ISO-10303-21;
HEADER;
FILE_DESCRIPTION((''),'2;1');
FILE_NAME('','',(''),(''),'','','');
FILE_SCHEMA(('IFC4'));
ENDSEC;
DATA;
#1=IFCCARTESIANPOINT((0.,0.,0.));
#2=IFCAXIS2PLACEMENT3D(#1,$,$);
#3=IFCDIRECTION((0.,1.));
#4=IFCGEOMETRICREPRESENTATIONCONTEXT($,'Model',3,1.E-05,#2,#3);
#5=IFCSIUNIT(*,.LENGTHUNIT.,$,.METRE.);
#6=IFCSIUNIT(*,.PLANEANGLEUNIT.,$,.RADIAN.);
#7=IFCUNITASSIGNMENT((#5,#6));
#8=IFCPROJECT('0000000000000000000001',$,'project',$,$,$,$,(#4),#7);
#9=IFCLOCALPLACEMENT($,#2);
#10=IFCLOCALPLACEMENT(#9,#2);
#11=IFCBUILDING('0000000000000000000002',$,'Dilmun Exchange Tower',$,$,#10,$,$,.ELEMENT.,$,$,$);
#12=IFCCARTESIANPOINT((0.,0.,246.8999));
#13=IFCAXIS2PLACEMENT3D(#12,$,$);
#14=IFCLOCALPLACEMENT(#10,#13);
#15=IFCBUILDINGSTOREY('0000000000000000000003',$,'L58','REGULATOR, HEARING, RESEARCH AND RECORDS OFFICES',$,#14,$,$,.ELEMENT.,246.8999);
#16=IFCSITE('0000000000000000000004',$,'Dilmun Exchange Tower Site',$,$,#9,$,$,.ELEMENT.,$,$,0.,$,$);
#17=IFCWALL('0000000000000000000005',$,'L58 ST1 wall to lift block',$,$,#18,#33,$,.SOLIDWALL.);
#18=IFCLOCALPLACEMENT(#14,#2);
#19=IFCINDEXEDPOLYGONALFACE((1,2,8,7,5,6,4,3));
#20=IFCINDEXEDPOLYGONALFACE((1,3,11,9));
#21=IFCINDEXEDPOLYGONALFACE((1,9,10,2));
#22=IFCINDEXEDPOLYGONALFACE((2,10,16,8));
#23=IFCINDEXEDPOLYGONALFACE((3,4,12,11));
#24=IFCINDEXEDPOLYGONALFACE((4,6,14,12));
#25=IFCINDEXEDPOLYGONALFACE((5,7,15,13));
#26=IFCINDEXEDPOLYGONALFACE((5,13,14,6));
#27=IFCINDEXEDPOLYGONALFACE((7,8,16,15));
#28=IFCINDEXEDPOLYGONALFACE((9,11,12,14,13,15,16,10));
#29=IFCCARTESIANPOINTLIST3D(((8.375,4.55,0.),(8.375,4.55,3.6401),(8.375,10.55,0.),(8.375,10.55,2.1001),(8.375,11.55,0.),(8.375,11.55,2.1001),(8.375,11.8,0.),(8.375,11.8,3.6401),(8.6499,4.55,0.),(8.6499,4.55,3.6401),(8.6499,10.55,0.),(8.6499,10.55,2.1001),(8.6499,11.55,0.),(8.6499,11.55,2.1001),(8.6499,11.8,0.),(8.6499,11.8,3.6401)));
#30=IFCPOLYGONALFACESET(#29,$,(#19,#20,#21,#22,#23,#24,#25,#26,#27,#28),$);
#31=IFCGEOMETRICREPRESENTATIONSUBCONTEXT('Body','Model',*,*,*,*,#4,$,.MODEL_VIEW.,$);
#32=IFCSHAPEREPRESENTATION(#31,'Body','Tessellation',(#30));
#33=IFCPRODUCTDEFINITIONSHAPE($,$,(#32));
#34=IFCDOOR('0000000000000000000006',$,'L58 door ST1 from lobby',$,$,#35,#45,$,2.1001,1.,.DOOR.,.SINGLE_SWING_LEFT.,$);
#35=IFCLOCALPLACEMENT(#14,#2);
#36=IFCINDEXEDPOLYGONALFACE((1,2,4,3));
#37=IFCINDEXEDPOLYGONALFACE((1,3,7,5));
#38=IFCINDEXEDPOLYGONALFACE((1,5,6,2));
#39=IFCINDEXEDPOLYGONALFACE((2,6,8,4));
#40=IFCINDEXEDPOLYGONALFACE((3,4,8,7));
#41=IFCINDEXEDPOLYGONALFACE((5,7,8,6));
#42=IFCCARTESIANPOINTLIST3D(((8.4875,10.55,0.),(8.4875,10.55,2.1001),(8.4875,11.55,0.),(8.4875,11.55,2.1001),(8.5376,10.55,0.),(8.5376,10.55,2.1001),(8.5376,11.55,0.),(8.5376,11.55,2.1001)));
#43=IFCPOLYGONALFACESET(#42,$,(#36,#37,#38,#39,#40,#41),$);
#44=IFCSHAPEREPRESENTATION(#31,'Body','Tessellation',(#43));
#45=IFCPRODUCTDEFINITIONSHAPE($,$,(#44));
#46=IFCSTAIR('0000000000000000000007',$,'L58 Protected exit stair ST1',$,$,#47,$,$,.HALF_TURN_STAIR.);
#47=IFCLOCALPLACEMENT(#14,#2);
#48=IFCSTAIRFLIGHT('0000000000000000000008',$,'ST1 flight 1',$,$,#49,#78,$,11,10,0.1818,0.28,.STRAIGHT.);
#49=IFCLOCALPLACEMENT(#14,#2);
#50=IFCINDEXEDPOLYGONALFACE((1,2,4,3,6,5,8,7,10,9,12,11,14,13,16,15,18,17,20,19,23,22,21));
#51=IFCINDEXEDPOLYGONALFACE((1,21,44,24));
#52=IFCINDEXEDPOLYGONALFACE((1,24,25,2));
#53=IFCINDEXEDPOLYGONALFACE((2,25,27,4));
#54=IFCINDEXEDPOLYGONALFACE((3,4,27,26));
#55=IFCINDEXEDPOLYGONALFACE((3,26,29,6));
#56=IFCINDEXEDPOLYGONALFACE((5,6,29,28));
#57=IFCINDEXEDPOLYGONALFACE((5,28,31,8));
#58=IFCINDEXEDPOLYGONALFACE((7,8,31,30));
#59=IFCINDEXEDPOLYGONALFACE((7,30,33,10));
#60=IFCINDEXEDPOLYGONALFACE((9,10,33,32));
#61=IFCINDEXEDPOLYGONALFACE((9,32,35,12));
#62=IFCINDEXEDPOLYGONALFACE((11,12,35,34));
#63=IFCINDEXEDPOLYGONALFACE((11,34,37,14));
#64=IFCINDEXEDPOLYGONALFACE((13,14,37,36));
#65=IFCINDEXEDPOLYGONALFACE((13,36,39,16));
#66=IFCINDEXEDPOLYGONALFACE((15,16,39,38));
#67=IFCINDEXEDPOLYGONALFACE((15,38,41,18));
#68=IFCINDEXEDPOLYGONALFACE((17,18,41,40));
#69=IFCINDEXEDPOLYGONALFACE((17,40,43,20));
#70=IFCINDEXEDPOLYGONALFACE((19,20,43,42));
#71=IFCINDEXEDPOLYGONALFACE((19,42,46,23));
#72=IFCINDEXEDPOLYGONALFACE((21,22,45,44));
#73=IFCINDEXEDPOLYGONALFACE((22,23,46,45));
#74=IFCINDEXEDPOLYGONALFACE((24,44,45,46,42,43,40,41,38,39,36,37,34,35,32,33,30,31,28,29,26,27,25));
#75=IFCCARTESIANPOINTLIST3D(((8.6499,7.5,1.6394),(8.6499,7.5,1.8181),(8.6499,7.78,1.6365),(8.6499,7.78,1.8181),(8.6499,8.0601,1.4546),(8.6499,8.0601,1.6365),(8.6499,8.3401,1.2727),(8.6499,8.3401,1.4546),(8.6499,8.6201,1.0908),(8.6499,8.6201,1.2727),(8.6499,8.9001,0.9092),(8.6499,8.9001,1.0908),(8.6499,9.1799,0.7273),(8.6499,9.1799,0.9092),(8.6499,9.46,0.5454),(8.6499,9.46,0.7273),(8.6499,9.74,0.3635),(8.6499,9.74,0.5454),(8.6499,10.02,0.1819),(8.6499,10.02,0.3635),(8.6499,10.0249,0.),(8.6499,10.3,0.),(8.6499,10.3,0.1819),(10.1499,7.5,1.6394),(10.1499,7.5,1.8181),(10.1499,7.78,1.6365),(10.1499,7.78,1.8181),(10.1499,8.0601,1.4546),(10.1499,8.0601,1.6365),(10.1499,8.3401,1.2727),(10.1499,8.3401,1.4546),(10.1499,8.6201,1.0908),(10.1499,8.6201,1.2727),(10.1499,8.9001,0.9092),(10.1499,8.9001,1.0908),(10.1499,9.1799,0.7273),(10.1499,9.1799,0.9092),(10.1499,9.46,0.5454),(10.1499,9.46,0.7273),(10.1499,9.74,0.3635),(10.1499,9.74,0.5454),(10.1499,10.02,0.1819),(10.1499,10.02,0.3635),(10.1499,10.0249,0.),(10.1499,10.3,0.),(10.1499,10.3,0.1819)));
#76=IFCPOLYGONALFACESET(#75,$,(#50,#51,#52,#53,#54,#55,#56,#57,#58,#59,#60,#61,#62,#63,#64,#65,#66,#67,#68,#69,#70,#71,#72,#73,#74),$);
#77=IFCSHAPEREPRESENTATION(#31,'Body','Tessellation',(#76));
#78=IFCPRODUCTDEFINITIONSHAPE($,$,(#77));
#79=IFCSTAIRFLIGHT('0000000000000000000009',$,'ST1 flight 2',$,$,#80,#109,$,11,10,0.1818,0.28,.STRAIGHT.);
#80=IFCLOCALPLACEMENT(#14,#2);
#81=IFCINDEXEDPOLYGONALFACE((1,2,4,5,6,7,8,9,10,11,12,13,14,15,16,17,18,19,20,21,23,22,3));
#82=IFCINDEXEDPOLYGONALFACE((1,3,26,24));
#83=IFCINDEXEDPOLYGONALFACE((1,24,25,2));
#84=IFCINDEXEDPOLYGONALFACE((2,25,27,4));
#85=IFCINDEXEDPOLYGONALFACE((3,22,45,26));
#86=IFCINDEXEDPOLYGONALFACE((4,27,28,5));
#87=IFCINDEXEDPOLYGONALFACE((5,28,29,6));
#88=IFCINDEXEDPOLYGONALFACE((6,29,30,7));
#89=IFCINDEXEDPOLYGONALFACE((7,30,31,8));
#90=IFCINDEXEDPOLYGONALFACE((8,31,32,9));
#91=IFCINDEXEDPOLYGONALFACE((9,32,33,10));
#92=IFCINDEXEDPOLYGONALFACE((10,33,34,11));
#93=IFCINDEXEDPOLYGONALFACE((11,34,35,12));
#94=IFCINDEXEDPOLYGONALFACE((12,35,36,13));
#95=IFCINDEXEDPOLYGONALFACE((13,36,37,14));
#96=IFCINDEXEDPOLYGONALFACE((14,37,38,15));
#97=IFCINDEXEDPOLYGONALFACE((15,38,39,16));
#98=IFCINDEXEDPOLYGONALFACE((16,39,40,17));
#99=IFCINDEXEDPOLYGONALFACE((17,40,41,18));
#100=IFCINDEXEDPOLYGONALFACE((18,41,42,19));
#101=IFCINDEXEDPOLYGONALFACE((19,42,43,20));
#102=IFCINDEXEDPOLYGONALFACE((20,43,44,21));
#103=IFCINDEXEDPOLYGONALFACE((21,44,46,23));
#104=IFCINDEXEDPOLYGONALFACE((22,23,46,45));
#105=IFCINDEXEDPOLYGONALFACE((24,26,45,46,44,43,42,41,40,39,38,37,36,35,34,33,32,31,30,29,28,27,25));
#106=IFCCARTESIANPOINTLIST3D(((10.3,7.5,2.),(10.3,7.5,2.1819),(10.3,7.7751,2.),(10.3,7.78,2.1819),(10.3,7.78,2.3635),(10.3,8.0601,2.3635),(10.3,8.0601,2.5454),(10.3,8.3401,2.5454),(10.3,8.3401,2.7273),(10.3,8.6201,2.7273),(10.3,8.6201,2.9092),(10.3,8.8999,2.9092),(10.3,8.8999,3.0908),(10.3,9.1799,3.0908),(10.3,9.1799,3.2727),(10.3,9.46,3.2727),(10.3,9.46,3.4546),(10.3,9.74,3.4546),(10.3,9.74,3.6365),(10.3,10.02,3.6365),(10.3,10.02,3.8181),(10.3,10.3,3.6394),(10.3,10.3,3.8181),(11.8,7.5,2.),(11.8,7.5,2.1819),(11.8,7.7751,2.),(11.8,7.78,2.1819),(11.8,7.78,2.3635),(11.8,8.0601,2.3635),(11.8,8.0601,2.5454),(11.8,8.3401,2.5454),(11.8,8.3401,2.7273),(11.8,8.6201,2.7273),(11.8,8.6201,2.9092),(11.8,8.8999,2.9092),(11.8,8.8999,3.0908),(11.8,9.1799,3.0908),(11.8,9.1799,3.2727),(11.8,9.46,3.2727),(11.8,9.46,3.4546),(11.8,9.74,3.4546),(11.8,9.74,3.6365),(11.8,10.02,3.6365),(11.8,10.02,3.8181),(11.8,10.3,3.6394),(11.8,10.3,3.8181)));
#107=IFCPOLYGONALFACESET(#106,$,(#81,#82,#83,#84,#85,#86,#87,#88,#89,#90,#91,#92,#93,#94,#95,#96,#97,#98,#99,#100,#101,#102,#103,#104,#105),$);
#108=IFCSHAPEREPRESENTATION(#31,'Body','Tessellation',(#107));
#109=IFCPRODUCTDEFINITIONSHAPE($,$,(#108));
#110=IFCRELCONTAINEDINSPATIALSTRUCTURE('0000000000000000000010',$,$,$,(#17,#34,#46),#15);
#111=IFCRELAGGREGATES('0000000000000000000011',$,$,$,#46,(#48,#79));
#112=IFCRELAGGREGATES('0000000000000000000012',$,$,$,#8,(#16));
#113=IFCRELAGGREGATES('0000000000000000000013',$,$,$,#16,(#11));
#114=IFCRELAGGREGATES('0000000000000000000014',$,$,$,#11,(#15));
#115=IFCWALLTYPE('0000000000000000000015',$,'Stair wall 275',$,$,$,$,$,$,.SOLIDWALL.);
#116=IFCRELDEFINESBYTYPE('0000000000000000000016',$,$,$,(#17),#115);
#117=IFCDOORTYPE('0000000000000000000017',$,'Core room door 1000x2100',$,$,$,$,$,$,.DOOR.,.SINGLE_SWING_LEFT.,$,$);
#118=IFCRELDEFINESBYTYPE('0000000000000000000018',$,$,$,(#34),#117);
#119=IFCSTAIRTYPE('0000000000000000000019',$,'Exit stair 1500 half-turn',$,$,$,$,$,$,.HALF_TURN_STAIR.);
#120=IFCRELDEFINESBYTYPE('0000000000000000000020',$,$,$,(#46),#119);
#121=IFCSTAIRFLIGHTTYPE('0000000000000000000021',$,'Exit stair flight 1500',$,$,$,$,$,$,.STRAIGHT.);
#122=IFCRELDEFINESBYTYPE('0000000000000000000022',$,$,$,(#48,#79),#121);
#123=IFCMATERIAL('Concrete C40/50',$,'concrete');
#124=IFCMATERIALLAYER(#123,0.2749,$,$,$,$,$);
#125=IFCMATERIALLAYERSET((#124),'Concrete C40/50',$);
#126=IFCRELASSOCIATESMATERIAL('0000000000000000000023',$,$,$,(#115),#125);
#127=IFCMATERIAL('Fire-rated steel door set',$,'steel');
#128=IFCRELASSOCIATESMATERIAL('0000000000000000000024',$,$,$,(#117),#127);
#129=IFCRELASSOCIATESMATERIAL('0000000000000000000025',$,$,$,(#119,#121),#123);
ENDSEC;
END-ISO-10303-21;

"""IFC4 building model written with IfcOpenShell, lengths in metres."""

from ifc_helpers import new_model, si_unit, direction, frame, frame_2d, origin, place, context, subcontext, project, spatial, polyline, rectangle, outline, extrude, material, layer, layer_set, type_object, element, fill, aggregate, save


model = new_model("IFC4")

# Units and contexts
model_context = context("Model", 3, precision=1e-05, world=origin(), true_north=direction((0.0, 1.0)))
body_context = subcontext(model_context, "Body", "Model", "MODEL_VIEW")
ifc_project = project(units=[si_unit("LENGTHUNIT", "METRE"), si_unit("PLANEANGLEUNIT", "RADIAN")], contexts=[model_context])

# Site, building, storey
site_placement = place(None, origin())
site = spatial("IfcSite", under=ifc_project, at=site_placement, Name="Dilmun Exchange Tower Site", CompositionType="ELEMENT", RefElevation=0.0)
building_placement = place(site_placement, origin())
building = spatial("IfcBuilding", under=site, at=building_placement, Name="Dilmun Exchange Tower", CompositionType="ELEMENT")
storey_placement = place(building_placement, frame((0.0, 0.0, 246.8999)))
storey = spatial("IfcBuildingStorey", under=building, at=storey_placement, Name="L58", Description="REGULATOR, HEARING, RESEARCH AND RECORDS OFFICES", CompositionType="ELEMENT", Elevation=246.8999)

# Shared definitions
ifc_material_1 = material(Name="Concrete C40/50", Category="concrete")

# Wall, opening, door
ifc_layer_1 = layer(ifc_material_1, 0.2749)
ifc_layer_set_1 = layer_set([ifc_layer_1], Name="Concrete C40/50")
wall_type_1 = type_object("IfcWallType", Name="Stair wall 275", PredefinedType="SOLIDWALL", material=ifc_layer_set_1)
wall_1_placement = place(storey_placement, frame((8.5125, 4.55, 0.0), z_axis=(0.0, 0.0, 1.0), x_axis=(0.0, 1.0, 0.0)))
wall_1 = element("IfcWall", 1, at=wall_1_placement, inside=storey, type_object=wall_type_1, Name="L58 ST1 wall to lift block", PredefinedType="SOLIDWALL", context=body_context, shape_type="SweptSolid", body=[
    extrude(rectangle(XDim=7.25, YDim=0.2749, at=frame_2d((3.625, 0.0))), origin(), (0.0, 0.0, 1.0), 3.6401),
])
opening_1_placement = place(wall_1_placement, frame((6.0, 0.0, 0.0)))
opening_1 = element("IfcOpeningElement", 2, at=opening_1_placement, cuts=wall_1, PredefinedType="OPENING", context=body_context, shape_type="SweptSolid", body=[
    extrude(rectangle(XDim=1.0, YDim=2.1001, at=frame_2d((0.5, 1.05))), frame((0.0, 0.1475, 0.0), z_axis=(0.0, -1.0, 0.0), x_axis=(1.0, 0.0, 0.0)), (0.0, 0.0, 1.0), 0.2949),
])
ifc_material_2 = material(Name="Fire-rated steel door set", Category="steel")
door_type_1 = type_object("IfcDoorType", Name="Core room door 1000x2100", OperationType="SINGLE_SWING_LEFT", PredefinedType="DOOR", material=ifc_material_2)
door_1_placement = place(opening_1_placement, origin())
door_1 = element("IfcDoor", 3, at=door_1_placement, inside=storey, type_object=door_type_1, Name="L58 door ST1 from lobby", OperationType="SINGLE_SWING_LEFT", OverallHeight=2.1001, OverallWidth=1.0, PredefinedType="DOOR", context=body_context, shape_type="SweptSolid", body=[
    extrude(rectangle(XDim=1.0, YDim=2.1001, at=frame_2d((0.5, 1.05))), frame((0.0, 0.0249, 0.0), z_axis=(0.0, -1.0, 0.0), x_axis=(1.0, 0.0, 0.0)), (0.0, 0.0, 1.0), 0.05),
])
fill(opening_1, door_1)

# Stair, stair flights
stair_type = type_object("IfcStairType", Name="Exit stair 1500 half-turn", PredefinedType="HALF_TURN_STAIR", material=ifc_material_1)
stair_placement = place(storey_placement, origin())
stair = element("IfcStair", 4, at=stair_placement, inside=storey, type_object=stair_type, Name="L58 Protected exit stair ST1", PredefinedType="HALF_TURN_STAIR")
stair_flight_type = type_object("IfcStairFlightType", Name="Exit stair flight 1500", PredefinedType="STRAIGHT", material=ifc_material_1)
stair_flight_1_placement = place(storey_placement, frame((9.3999, 10.3, 0.0), z_axis=(0.0, 0.0, 1.0), x_axis=(0.0, -1.0, 0.0)))
stair_flight_1 = element("IfcStairFlight", 5, at=stair_flight_1_placement, type_object=stair_flight_type, Name="ST1 flight 1", NumberOfRisers=11, NumberOfTreads=10, PredefinedType="STRAIGHT", RiserHeight=0.1818, TreadLength=0.28, context=body_context, shape_type="SweptSolid", body=[
    extrude(outline(polyline([(0.0, 0.0), (0.0, 0.1819), (0.28, 0.1819), (0.28, 0.3635), (0.5601, 0.3635), (0.5601, 0.5454), (0.8401, 0.5454), (0.8401, 0.7273), (1.1201, 0.7273), (1.1201, 0.9092), (1.3999, 0.9092), (1.3999, 1.0908), (1.6799, 1.0908), (1.6799, 1.2727), (1.96, 1.2727), (1.96, 1.4546), (2.24, 1.4546), (2.24, 1.6365), (2.52, 1.6365), (2.52, 1.8181), (2.8, 1.8181), (2.8, 2.0), (2.8, 1.6394), (0.2751, 0.0), (0.0, 0.0)])), frame((0.0, 0.75, 0.0), z_axis=(0.0, -1.0, 0.0), x_axis=(1.0, 0.0, 0.0)), (0.0, 0.0, 1.0), 1.5),
])
stair_flight_2_placement = place(storey_placement, frame((11.05, 7.5, 2.0), z_axis=(0.0, 0.0, 1.0), x_axis=(0.0, 1.0, 0.0)))
stair_flight_2 = element("IfcStairFlight", 6, at=stair_flight_2_placement, type_object=stair_flight_type, Name="ST1 flight 2", NumberOfRisers=11, NumberOfTreads=10, PredefinedType="STRAIGHT", RiserHeight=0.1818, TreadLength=0.28, context=body_context, shape_type="SweptSolid", body=[
    extrude(outline(polyline([(0.0, 0.0), (0.0, 0.1819), (0.28, 0.1819), (0.28, 0.3635), (0.5601, 0.3635), (0.5601, 0.5454), (0.8401, 0.5454), (0.8401, 0.7273), (1.1201, 0.7273), (1.1201, 0.9092), (1.3999, 0.9092), (1.3999, 1.0908), (1.6799, 1.0908), (1.6799, 1.2727), (1.96, 1.2727), (1.96, 1.4546), (2.24, 1.4546), (2.24, 1.6365), (2.52, 1.6365), (2.52, 1.8181), (2.8, 1.8181), (2.8, 2.0), (2.8, 1.6394), (0.2751, 0.0), (0.0, 0.0)])), frame((0.0, 0.75, 0.0), z_axis=(0.0, -1.0, 0.0), x_axis=(1.0, 0.0, 0.0)), (0.0, 0.0, 1.0), 1.5),
])
aggregate(stair, [stair_flight_1, stair_flight_2])

save(model, "model.ifc")
